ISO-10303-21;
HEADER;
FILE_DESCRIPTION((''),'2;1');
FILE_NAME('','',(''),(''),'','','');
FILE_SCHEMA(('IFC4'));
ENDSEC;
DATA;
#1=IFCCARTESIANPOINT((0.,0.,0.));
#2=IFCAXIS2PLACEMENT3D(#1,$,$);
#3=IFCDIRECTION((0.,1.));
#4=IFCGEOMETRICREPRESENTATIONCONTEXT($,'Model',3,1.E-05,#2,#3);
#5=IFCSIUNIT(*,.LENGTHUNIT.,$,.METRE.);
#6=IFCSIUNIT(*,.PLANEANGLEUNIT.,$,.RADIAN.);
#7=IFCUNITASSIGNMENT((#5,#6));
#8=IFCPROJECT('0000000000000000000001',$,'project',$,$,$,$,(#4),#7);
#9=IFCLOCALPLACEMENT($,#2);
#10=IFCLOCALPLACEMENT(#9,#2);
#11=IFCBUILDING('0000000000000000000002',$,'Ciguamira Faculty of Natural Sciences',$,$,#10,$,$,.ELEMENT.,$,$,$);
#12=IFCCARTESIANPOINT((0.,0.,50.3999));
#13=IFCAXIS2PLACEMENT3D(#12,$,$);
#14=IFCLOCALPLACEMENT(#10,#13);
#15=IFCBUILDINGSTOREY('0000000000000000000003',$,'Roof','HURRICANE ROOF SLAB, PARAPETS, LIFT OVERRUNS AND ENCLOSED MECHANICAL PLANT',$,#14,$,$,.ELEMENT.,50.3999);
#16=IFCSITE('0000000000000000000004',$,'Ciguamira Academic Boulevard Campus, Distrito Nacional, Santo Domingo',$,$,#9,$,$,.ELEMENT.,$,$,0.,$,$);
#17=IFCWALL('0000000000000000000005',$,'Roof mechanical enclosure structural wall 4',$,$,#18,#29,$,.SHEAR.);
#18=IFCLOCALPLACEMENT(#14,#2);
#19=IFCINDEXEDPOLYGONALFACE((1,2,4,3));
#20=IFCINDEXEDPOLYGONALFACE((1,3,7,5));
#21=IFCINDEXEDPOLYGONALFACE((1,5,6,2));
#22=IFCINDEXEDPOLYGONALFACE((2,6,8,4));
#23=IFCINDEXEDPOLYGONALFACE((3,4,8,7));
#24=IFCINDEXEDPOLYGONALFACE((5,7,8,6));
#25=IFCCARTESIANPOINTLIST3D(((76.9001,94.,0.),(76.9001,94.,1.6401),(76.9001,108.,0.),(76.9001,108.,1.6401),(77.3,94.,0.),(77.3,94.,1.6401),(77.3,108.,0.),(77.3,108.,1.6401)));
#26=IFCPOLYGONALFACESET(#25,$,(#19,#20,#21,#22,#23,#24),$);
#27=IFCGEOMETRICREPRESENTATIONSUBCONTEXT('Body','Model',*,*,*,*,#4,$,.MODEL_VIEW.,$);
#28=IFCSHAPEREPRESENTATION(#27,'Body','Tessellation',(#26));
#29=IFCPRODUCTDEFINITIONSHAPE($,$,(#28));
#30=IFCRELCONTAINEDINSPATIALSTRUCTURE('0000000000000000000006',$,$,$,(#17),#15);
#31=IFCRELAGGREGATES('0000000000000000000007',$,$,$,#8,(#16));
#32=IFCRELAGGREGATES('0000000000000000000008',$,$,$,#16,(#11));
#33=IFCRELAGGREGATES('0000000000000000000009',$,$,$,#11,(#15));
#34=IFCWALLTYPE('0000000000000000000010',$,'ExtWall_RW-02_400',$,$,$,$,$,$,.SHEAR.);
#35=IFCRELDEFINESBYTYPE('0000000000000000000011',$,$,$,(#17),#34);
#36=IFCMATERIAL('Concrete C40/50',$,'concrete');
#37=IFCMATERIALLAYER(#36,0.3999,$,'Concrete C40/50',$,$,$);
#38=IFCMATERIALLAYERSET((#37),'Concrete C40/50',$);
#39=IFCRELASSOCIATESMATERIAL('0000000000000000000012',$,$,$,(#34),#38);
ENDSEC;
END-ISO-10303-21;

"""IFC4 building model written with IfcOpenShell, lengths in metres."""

from ifc_helpers import new_model, si_unit, direction, frame, frame_2d, origin, place, context, subcontext, project, spatial, rectangle, extrude, material, layer, layer_set, type_object, element, save


model = new_model("IFC4")

# Units and contexts
model_context = context("Model", 3, precision=1e-05, world=origin(), true_north=direction((0.0, 1.0)))
body_context = subcontext(model_context, "Body", "Model", "MODEL_VIEW")
ifc_project = project(units=[si_unit("LENGTHUNIT", "METRE"), si_unit("PLANEANGLEUNIT", "RADIAN")], contexts=[model_context])

# Site, building, storey
site_placement = place(None, origin())
site = spatial("IfcSite", under=ifc_project, at=site_placement, Name="Ciguamira Academic Boulevard Campus, Distrito Nacional, Santo Domingo", CompositionType="ELEMENT", RefElevation=0.0)
building_placement = place(site_placement, origin())
building = spatial("IfcBuilding", under=site, at=building_placement, Name="Ciguamira Faculty of Natural Sciences", CompositionType="ELEMENT")
storey_placement = place(building_placement, frame((0.0, 0.0, 50.3999)))
storey = spatial("IfcBuildingStorey", under=building, at=storey_placement, Name="Roof", Description="HURRICANE ROOF SLAB, PARAPETS, LIFT OVERRUNS AND ENCLOSED MECHANICAL PLANT", CompositionType="ELEMENT", Elevation=50.3999)

# Shared definitions
ifc_material_1 = material(Name="Concrete C40/50", Category="concrete")

# Wall
ifc_layer_1 = layer(ifc_material_1, 0.3999, Name="Concrete C40/50")
ifc_layer_set_1 = layer_set([ifc_layer_1], Name="Concrete C40/50")
wall_type_1 = type_object("IfcWallType", Name="ExtWall_RW-02_400", PredefinedType="SHEAR", material=ifc_layer_set_1)
wall_1_placement = place(storey_placement, frame((77.1001, 108.0, 0.0), z_axis=(0.0, 0.0, 1.0), x_axis=(0.0, -1.0, 0.0)))
element("IfcWall", 1, at=wall_1_placement, inside=storey, type_object=wall_type_1, Name="Roof mechanical enclosure structural wall 4", PredefinedType="SHEAR", context=body_context, shape_type="SweptSolid", body=[
    extrude(rectangle(XDim=14.0, YDim=0.3999, at=frame_2d((7.0, 0.0))), origin(), (0.0, 0.0, 1.0), 1.6401),
])

save(model, "model.ifc")
